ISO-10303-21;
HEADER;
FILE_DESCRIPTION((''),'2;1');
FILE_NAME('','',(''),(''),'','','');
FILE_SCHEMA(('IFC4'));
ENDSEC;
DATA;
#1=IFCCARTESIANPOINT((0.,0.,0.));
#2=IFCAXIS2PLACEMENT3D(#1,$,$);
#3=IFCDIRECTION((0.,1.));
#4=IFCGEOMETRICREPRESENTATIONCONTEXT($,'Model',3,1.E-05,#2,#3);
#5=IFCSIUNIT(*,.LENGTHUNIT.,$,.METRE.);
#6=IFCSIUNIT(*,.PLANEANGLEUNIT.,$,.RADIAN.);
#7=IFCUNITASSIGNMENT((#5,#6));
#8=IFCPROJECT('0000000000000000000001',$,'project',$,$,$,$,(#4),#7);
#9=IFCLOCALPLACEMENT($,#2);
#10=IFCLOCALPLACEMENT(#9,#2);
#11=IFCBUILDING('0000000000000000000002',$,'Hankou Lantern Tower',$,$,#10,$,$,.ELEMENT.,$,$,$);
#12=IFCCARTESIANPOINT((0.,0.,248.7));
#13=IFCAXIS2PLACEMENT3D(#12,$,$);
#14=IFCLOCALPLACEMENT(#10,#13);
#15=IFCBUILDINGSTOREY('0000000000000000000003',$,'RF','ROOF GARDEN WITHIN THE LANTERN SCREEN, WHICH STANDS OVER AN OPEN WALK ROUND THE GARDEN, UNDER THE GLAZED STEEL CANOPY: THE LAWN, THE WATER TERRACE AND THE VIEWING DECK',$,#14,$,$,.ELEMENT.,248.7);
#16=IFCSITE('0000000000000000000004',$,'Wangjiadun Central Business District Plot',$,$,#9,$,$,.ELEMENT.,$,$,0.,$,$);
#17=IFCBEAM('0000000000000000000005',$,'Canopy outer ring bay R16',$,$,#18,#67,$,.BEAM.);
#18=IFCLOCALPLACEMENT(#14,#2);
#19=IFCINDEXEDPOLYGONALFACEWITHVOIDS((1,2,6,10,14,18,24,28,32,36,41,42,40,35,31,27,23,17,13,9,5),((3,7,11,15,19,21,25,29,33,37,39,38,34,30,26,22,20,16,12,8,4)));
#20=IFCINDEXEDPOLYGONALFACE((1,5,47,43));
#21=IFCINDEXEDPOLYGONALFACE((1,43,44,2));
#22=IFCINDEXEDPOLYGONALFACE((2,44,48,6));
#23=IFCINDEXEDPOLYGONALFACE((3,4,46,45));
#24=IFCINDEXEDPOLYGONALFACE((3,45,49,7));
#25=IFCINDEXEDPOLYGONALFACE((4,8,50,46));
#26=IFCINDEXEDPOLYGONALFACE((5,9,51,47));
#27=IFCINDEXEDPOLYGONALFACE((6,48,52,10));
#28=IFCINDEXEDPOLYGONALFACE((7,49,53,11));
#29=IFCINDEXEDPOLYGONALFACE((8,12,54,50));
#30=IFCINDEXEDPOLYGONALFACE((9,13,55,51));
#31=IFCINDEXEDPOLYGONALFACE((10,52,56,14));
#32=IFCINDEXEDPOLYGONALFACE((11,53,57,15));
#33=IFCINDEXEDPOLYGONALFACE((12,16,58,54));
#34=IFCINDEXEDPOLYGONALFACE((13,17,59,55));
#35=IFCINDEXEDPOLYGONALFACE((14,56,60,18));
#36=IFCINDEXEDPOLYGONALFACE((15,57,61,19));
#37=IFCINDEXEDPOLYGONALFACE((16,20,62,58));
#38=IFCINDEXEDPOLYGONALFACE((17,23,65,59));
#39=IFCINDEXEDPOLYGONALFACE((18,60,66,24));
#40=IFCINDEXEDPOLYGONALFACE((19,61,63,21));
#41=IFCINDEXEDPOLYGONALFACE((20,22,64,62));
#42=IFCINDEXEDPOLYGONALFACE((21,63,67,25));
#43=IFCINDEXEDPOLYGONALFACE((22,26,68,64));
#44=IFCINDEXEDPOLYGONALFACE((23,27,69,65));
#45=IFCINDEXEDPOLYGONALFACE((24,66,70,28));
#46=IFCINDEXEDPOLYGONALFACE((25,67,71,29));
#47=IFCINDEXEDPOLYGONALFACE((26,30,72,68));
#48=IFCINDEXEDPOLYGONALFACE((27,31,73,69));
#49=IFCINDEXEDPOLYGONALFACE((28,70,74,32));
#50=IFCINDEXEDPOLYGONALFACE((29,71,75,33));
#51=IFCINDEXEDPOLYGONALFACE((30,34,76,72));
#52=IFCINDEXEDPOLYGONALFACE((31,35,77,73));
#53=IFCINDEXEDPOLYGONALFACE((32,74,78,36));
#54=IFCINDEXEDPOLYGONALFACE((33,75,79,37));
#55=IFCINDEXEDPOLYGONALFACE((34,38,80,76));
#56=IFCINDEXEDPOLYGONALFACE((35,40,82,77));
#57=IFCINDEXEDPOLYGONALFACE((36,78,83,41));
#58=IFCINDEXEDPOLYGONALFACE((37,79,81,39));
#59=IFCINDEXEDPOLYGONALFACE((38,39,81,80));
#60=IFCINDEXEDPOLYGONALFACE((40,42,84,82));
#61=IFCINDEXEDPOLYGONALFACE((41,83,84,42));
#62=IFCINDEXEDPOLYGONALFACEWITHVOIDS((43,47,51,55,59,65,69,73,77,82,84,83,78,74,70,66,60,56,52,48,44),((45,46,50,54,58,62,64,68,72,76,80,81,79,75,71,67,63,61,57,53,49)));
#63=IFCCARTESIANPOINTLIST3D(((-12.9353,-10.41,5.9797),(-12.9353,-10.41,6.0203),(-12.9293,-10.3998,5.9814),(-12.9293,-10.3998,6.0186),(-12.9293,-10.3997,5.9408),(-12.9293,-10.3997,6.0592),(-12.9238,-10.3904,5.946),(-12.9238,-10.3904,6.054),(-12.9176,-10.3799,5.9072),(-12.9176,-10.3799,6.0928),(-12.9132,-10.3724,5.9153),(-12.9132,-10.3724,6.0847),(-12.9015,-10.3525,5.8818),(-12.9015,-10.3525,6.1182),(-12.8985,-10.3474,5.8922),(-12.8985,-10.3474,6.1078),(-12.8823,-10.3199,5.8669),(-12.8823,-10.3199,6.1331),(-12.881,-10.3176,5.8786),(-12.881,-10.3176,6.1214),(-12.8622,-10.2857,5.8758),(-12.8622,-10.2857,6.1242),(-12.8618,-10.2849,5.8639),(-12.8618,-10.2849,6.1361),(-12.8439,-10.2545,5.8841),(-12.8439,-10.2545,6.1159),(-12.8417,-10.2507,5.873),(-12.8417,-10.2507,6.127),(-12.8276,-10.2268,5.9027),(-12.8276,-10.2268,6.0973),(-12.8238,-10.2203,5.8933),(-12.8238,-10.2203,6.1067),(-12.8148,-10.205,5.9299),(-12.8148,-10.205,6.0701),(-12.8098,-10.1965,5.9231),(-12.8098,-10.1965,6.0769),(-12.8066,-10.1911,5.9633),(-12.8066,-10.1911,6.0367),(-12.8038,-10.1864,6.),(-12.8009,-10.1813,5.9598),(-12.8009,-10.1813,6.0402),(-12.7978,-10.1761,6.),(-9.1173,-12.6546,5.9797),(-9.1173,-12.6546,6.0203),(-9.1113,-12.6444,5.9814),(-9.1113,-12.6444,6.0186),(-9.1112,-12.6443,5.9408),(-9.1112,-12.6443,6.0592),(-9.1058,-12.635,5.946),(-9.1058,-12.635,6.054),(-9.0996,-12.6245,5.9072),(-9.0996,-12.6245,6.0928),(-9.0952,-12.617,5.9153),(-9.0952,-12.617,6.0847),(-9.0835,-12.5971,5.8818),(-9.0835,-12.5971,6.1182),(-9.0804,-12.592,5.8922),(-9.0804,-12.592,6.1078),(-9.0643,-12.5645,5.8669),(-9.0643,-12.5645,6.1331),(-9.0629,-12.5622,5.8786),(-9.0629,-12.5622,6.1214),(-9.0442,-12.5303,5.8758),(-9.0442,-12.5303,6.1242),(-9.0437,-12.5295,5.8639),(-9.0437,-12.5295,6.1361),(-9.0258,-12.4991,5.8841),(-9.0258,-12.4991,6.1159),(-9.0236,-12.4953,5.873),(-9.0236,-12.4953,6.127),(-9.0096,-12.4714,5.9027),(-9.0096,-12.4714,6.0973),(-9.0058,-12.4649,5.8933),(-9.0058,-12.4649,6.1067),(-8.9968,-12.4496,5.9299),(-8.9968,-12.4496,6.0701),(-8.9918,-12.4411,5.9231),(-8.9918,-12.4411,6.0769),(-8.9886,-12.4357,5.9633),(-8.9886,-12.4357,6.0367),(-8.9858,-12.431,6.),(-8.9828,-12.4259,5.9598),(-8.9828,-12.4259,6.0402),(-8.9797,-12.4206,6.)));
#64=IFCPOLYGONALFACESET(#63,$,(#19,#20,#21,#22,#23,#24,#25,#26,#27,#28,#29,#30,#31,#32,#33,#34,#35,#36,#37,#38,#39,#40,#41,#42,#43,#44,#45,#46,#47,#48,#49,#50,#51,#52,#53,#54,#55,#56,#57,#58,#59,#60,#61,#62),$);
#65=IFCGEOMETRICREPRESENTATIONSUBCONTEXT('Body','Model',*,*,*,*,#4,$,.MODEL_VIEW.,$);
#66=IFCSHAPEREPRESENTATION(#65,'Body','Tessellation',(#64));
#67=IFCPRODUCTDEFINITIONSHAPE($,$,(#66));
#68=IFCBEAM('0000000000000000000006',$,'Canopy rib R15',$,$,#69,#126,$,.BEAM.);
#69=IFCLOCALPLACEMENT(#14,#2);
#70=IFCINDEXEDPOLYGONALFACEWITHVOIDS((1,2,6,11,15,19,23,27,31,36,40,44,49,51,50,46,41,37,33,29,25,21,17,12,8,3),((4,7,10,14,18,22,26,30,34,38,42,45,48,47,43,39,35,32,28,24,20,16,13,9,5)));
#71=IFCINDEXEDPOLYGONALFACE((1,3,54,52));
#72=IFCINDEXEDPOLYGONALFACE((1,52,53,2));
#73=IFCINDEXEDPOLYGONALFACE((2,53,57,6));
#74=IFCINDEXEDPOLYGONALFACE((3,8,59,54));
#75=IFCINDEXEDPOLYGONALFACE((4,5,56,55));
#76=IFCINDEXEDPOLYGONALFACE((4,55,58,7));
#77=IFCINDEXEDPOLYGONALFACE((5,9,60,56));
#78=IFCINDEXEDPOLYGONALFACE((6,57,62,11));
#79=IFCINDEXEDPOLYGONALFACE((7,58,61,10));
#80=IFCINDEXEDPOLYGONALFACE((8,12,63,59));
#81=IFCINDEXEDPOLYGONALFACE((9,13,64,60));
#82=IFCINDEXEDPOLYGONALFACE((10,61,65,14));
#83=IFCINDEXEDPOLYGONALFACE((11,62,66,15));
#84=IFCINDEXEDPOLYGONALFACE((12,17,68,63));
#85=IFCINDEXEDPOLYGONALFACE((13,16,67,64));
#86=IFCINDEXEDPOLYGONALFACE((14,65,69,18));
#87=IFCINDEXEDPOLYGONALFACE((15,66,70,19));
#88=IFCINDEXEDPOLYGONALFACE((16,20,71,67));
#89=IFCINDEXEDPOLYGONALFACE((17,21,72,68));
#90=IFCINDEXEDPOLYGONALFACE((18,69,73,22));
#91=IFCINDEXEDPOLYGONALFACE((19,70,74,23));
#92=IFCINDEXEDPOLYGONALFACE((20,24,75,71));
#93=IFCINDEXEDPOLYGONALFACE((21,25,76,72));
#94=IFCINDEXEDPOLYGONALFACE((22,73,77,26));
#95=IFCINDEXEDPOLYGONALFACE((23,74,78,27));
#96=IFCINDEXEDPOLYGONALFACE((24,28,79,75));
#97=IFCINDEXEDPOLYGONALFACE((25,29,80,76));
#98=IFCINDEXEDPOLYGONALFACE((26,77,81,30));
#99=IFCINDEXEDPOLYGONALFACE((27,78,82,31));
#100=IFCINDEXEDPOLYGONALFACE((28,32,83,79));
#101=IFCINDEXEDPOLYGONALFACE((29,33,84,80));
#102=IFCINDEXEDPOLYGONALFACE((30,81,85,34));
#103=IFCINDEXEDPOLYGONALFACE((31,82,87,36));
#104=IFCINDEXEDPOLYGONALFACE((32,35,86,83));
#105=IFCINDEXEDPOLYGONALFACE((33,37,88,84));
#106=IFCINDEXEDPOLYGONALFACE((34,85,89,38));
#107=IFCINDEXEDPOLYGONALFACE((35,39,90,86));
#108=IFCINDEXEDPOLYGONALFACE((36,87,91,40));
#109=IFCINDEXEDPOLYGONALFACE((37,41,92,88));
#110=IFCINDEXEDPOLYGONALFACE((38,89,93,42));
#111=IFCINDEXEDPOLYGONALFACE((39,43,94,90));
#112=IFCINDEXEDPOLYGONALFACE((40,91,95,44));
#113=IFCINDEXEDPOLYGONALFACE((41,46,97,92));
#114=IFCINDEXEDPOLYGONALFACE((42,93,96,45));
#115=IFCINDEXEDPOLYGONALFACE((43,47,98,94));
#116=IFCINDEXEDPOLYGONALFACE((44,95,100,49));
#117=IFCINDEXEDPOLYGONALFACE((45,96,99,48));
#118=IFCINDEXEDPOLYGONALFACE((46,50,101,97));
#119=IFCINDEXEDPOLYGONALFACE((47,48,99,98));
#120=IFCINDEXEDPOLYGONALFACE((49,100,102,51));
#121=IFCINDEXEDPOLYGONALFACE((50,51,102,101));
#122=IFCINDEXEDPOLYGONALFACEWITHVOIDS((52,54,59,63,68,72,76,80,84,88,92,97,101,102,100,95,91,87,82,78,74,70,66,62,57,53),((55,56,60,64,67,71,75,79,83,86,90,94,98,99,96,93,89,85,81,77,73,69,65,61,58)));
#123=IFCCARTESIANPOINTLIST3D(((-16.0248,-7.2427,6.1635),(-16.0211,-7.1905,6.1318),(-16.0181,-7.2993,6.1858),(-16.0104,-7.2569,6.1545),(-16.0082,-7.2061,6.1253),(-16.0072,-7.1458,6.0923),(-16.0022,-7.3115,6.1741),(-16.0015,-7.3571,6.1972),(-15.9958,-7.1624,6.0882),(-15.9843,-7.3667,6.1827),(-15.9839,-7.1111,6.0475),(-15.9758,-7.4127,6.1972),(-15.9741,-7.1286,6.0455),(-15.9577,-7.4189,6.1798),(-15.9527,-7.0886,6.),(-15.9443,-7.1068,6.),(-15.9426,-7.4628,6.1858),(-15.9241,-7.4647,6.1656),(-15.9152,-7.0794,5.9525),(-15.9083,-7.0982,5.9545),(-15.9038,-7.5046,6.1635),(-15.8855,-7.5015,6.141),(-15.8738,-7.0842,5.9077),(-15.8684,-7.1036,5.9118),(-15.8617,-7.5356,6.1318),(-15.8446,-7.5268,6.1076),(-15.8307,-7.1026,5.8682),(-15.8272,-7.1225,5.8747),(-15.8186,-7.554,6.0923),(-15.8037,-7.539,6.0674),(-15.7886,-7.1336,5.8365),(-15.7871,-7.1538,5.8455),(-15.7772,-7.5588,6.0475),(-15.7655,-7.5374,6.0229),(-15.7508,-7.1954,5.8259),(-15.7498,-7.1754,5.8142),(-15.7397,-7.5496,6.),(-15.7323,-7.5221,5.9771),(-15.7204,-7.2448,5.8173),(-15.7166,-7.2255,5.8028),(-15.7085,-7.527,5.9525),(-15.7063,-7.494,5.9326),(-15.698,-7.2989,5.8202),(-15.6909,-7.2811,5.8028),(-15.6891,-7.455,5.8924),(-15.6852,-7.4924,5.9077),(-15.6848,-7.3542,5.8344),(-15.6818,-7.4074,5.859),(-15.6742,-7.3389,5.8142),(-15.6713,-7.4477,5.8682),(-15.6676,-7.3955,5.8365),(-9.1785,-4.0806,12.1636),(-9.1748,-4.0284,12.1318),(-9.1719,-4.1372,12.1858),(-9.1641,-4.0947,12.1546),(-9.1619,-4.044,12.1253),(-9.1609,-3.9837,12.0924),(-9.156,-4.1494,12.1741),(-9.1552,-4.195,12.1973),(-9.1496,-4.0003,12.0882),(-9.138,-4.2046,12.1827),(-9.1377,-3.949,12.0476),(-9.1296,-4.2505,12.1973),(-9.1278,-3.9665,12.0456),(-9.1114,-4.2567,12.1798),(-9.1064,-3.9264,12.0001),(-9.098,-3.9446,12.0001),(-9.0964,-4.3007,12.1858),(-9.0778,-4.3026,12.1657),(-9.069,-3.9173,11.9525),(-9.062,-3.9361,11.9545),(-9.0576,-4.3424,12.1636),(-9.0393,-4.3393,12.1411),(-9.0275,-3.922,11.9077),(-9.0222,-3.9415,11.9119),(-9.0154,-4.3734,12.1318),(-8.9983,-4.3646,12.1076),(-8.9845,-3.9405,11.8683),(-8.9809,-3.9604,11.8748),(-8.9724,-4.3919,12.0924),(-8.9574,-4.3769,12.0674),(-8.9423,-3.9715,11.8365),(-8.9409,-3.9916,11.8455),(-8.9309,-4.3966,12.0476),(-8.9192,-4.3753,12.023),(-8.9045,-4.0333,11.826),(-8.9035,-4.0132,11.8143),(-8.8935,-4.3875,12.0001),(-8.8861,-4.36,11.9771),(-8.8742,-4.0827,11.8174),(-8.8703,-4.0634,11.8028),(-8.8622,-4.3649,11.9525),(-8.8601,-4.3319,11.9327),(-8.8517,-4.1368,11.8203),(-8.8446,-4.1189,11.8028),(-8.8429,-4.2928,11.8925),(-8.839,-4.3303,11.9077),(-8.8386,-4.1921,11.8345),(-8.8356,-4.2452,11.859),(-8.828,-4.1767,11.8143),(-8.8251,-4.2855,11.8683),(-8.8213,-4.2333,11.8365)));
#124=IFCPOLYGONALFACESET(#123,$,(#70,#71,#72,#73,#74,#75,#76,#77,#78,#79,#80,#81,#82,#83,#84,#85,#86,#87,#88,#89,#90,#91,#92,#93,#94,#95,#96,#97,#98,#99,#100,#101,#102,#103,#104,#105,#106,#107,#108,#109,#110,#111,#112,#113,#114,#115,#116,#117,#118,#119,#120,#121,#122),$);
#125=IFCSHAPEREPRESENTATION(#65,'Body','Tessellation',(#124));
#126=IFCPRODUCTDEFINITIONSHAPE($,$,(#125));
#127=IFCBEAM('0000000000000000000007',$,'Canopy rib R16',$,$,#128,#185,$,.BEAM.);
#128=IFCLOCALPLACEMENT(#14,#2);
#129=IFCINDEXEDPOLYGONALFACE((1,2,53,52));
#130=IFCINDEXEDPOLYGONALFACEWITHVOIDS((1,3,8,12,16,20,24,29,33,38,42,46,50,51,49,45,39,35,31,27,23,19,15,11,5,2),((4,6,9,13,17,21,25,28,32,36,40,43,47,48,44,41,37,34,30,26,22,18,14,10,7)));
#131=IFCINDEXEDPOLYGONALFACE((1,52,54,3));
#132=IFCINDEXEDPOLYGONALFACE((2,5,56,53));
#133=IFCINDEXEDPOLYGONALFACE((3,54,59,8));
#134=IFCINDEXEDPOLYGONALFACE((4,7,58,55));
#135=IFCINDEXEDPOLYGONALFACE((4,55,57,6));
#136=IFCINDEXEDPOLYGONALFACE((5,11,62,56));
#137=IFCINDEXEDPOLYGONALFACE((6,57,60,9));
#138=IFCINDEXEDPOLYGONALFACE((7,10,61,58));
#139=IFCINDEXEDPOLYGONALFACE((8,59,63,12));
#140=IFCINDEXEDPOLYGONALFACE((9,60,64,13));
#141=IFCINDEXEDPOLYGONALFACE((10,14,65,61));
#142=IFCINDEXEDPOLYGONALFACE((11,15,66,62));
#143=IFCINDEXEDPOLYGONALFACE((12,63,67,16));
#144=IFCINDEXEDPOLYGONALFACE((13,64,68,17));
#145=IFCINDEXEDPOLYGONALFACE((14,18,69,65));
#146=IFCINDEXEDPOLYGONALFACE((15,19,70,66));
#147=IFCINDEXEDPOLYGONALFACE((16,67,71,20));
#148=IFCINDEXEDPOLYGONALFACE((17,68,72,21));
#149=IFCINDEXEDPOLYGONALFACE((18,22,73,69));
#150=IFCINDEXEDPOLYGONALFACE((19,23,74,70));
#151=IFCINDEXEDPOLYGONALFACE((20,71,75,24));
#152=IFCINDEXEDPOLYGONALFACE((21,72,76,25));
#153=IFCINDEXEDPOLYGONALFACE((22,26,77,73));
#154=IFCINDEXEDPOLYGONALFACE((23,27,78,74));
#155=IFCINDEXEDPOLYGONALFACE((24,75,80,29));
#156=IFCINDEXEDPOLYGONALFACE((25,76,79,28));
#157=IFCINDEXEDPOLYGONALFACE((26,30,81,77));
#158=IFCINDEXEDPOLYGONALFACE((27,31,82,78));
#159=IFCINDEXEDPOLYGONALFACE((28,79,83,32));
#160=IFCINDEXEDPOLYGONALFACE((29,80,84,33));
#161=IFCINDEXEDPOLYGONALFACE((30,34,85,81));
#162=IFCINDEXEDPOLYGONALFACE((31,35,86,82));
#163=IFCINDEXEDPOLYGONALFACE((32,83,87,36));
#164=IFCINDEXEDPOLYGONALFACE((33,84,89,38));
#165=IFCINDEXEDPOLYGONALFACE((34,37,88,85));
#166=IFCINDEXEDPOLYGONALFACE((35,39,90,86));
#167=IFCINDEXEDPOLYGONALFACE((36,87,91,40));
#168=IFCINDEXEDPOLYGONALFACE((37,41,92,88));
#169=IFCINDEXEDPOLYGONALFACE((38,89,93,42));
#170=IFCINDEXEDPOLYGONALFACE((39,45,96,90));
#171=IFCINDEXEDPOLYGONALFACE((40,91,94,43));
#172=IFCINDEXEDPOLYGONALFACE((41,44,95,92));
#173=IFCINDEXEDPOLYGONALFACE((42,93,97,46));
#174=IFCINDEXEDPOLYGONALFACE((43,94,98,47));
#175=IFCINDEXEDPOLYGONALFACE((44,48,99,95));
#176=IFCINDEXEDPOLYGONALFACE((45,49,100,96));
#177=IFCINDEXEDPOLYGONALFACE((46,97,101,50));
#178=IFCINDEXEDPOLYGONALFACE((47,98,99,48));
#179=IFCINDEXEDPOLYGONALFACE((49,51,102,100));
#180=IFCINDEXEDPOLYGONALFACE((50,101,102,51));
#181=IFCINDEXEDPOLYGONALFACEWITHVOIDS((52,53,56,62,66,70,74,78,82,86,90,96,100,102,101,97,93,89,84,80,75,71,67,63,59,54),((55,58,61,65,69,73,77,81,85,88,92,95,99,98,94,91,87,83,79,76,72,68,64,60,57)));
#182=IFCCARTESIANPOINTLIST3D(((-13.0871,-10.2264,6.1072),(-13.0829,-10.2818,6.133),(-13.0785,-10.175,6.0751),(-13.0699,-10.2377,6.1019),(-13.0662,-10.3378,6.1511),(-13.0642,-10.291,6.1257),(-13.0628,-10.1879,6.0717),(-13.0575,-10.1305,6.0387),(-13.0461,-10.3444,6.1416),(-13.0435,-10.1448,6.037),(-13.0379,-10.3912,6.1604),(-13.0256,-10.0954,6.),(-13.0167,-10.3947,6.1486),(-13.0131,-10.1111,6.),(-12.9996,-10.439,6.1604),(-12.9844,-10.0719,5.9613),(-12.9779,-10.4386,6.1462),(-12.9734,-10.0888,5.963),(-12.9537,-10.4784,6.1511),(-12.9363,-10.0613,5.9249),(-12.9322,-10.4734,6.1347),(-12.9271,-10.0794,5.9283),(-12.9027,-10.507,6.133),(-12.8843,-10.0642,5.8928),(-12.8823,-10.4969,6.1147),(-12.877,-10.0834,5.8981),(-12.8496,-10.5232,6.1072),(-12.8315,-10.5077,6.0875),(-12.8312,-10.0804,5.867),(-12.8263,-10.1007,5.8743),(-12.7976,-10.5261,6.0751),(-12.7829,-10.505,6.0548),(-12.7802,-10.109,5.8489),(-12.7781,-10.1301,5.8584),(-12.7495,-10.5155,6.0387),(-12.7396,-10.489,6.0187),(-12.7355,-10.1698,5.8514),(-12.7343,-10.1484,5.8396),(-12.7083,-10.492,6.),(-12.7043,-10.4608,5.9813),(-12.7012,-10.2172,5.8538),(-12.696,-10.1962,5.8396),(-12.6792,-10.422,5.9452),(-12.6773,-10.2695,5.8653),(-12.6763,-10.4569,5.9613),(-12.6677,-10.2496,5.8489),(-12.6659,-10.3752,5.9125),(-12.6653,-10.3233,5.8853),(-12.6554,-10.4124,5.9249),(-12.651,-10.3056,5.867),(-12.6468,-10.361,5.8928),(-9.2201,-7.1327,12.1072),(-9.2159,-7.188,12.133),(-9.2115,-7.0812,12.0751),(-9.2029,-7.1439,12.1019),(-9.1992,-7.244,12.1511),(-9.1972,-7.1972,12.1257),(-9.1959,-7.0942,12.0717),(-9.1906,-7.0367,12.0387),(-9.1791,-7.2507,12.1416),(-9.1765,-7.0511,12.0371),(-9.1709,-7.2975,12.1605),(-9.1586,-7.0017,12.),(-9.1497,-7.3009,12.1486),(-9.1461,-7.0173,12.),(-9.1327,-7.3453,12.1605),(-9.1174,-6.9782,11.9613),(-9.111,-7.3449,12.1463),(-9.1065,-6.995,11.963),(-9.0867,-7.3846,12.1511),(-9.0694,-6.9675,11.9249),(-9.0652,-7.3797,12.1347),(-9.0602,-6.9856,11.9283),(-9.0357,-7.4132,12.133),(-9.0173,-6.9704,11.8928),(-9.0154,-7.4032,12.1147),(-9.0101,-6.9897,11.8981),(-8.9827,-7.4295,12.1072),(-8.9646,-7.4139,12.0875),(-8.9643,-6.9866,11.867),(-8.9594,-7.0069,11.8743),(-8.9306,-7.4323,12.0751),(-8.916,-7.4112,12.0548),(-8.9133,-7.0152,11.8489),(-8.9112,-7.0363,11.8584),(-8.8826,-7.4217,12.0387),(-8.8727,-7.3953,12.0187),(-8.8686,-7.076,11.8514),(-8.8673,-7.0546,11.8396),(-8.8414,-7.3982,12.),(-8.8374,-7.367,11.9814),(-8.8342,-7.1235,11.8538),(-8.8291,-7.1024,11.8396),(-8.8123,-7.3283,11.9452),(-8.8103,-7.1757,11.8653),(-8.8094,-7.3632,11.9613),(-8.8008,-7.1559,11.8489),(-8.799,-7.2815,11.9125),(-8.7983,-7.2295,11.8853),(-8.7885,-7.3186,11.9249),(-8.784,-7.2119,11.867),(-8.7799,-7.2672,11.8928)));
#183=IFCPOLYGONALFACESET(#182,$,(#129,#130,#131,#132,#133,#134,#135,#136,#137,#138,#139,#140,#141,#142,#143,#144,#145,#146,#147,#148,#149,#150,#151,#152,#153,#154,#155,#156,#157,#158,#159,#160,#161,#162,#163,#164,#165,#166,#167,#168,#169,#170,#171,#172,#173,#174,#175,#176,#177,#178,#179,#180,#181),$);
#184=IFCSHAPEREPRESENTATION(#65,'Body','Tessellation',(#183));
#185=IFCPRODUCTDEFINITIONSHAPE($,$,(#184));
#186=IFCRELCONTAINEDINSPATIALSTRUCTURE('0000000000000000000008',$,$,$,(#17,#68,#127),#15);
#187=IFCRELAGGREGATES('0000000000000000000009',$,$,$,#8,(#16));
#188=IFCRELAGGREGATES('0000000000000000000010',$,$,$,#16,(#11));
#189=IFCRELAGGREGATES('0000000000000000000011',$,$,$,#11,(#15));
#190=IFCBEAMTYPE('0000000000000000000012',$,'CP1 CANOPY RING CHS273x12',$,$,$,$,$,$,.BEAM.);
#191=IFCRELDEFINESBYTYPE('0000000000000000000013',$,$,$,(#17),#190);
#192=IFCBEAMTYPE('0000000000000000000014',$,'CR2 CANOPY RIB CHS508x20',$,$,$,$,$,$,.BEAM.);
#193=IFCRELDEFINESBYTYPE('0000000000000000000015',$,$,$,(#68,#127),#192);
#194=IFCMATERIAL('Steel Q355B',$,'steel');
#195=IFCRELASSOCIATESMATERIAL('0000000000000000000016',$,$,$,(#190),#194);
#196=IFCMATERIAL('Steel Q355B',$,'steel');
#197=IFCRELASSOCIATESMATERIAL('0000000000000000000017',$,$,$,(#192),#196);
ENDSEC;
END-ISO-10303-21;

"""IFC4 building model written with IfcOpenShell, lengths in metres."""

from ifc_helpers import new_model, si_unit, direction, frame, origin, origin_2d, place, context, subcontext, project, spatial, hollow_circle, extrude, material, material_profile, profile_set, type_object, element, save


model = new_model("IFC4")

# Units and contexts
model_context = context("Model", 3, precision=1e-05, world=origin(), true_north=direction((0.0, 1.0)))
body_context = subcontext(model_context, "Body", "Model", "MODEL_VIEW")
ifc_project = project(units=[si_unit("LENGTHUNIT", "METRE"), si_unit("PLANEANGLEUNIT", "RADIAN")], contexts=[model_context])

# Site, building, storey
site_placement = place(None, origin())
site = spatial("IfcSite", under=ifc_project, at=site_placement, Name="Wangjiadun Central Business District Plot", CompositionType="ELEMENT", RefElevation=0.0)
building_placement = place(site_placement, origin())
building = spatial("IfcBuilding", under=site, at=building_placement, Name="Hankou Lantern Tower", CompositionType="ELEMENT")
storey_placement = place(building_placement, frame((0.0, 0.0, 248.7)))
storey = spatial("IfcBuildingStorey", under=building, at=storey_placement, Name="RF", Description="ROOF GARDEN WITHIN THE LANTERN SCREEN, WHICH STANDS OVER AN OPEN WALK ROUND THE GARDEN, UNDER THE GLAZED STEEL CANOPY: THE LAWN, THE WATER TERRACE AND THE VIEWING DECK", CompositionType="ELEMENT", Elevation=248.7)

# Beams
ifc_material_1 = material(Name="Steel Q355B", Category="steel")
ifc_material_profile_1 = material_profile(ifc_material_1, hollow_circle(Radius=0.1365, WallThickness=0.012, at=origin_2d()), Name="CHS273x12")
ifc_profile_set_1 = profile_set([ifc_material_profile_1], Name="Steel Q355B")
beam_type_1 = type_object("IfcBeamType", Name="CP1 CANOPY RING CHS273x12", PredefinedType="BEAM", material=ifc_profile_set_1)
beam_1_placement = place(storey_placement, frame((-12.8669, -10.2937, 6.0), z_axis=(0.862065, -0.506798, 0.0), x_axis=(0.506798, 0.862065, 0.0)))
element("IfcBeam", 1, at=beam_1_placement, inside=storey, type_object=beam_type_1, Name="Canopy outer ring bay R16", PredefinedType="BEAM", context=body_context, shape_type="SweptSolid", body=[
    extrude(hollow_circle(Radius=0.1365, WallThickness=0.012, at=origin_2d()), origin(), (0.0, 0.0, 1.0), 4.429),
])
ifc_material_2 = material(Name="Steel Q355B", Category="steel")
ifc_material_profile_2 = material_profile(ifc_material_2, hollow_circle(Radius=0.2539, WallThickness=0.02, at=origin_2d()), Name="CHS508x20")
ifc_profile_set_2 = profile_set([ifc_material_profile_2], Name="Steel Q355B")
beam_type_2 = type_object("IfcBeamType", Name="CR2 CANOPY RIB CHS508x20", PredefinedType="BEAM", material=ifc_profile_set_2)
beam_2_placement = place(storey_placement, frame((-15.8462, -7.3191, 6.0), z_axis=(0.710416, 0.328126, 0.622609), x_axis=(-0.419313, 0.907842, 0.0)))
element("IfcBeam", 2, at=beam_2_placement, inside=storey, type_object=beam_type_2, Name="Canopy rib R15", PredefinedType="BEAM", context=body_context, shape_type="SweptSolid", body=[
    extrude(hollow_circle(Radius=0.2539, WallThickness=0.02, at=origin_2d()), origin(), (0.0, 0.0, 1.0), 9.637),
])
beam_3_placement = place(storey_placement, frame((-12.8669, -10.2937, 6.0), z_axis=(0.497052, 0.397667, 0.771233), x_axis=(-0.624719, 0.78085, 0.0)))
element("IfcBeam", 3, at=beam_3_placement, inside=storey, type_object=beam_type_2, Name="Canopy rib R16", PredefinedType="BEAM", context=body_context, shape_type="SweptSolid", body=[
    extrude(hollow_circle(Radius=0.2539, WallThickness=0.02, at=origin_2d()), origin(), (0.0, 0.0, 1.0), 7.7798),
])

save(model, "model.ifc")
